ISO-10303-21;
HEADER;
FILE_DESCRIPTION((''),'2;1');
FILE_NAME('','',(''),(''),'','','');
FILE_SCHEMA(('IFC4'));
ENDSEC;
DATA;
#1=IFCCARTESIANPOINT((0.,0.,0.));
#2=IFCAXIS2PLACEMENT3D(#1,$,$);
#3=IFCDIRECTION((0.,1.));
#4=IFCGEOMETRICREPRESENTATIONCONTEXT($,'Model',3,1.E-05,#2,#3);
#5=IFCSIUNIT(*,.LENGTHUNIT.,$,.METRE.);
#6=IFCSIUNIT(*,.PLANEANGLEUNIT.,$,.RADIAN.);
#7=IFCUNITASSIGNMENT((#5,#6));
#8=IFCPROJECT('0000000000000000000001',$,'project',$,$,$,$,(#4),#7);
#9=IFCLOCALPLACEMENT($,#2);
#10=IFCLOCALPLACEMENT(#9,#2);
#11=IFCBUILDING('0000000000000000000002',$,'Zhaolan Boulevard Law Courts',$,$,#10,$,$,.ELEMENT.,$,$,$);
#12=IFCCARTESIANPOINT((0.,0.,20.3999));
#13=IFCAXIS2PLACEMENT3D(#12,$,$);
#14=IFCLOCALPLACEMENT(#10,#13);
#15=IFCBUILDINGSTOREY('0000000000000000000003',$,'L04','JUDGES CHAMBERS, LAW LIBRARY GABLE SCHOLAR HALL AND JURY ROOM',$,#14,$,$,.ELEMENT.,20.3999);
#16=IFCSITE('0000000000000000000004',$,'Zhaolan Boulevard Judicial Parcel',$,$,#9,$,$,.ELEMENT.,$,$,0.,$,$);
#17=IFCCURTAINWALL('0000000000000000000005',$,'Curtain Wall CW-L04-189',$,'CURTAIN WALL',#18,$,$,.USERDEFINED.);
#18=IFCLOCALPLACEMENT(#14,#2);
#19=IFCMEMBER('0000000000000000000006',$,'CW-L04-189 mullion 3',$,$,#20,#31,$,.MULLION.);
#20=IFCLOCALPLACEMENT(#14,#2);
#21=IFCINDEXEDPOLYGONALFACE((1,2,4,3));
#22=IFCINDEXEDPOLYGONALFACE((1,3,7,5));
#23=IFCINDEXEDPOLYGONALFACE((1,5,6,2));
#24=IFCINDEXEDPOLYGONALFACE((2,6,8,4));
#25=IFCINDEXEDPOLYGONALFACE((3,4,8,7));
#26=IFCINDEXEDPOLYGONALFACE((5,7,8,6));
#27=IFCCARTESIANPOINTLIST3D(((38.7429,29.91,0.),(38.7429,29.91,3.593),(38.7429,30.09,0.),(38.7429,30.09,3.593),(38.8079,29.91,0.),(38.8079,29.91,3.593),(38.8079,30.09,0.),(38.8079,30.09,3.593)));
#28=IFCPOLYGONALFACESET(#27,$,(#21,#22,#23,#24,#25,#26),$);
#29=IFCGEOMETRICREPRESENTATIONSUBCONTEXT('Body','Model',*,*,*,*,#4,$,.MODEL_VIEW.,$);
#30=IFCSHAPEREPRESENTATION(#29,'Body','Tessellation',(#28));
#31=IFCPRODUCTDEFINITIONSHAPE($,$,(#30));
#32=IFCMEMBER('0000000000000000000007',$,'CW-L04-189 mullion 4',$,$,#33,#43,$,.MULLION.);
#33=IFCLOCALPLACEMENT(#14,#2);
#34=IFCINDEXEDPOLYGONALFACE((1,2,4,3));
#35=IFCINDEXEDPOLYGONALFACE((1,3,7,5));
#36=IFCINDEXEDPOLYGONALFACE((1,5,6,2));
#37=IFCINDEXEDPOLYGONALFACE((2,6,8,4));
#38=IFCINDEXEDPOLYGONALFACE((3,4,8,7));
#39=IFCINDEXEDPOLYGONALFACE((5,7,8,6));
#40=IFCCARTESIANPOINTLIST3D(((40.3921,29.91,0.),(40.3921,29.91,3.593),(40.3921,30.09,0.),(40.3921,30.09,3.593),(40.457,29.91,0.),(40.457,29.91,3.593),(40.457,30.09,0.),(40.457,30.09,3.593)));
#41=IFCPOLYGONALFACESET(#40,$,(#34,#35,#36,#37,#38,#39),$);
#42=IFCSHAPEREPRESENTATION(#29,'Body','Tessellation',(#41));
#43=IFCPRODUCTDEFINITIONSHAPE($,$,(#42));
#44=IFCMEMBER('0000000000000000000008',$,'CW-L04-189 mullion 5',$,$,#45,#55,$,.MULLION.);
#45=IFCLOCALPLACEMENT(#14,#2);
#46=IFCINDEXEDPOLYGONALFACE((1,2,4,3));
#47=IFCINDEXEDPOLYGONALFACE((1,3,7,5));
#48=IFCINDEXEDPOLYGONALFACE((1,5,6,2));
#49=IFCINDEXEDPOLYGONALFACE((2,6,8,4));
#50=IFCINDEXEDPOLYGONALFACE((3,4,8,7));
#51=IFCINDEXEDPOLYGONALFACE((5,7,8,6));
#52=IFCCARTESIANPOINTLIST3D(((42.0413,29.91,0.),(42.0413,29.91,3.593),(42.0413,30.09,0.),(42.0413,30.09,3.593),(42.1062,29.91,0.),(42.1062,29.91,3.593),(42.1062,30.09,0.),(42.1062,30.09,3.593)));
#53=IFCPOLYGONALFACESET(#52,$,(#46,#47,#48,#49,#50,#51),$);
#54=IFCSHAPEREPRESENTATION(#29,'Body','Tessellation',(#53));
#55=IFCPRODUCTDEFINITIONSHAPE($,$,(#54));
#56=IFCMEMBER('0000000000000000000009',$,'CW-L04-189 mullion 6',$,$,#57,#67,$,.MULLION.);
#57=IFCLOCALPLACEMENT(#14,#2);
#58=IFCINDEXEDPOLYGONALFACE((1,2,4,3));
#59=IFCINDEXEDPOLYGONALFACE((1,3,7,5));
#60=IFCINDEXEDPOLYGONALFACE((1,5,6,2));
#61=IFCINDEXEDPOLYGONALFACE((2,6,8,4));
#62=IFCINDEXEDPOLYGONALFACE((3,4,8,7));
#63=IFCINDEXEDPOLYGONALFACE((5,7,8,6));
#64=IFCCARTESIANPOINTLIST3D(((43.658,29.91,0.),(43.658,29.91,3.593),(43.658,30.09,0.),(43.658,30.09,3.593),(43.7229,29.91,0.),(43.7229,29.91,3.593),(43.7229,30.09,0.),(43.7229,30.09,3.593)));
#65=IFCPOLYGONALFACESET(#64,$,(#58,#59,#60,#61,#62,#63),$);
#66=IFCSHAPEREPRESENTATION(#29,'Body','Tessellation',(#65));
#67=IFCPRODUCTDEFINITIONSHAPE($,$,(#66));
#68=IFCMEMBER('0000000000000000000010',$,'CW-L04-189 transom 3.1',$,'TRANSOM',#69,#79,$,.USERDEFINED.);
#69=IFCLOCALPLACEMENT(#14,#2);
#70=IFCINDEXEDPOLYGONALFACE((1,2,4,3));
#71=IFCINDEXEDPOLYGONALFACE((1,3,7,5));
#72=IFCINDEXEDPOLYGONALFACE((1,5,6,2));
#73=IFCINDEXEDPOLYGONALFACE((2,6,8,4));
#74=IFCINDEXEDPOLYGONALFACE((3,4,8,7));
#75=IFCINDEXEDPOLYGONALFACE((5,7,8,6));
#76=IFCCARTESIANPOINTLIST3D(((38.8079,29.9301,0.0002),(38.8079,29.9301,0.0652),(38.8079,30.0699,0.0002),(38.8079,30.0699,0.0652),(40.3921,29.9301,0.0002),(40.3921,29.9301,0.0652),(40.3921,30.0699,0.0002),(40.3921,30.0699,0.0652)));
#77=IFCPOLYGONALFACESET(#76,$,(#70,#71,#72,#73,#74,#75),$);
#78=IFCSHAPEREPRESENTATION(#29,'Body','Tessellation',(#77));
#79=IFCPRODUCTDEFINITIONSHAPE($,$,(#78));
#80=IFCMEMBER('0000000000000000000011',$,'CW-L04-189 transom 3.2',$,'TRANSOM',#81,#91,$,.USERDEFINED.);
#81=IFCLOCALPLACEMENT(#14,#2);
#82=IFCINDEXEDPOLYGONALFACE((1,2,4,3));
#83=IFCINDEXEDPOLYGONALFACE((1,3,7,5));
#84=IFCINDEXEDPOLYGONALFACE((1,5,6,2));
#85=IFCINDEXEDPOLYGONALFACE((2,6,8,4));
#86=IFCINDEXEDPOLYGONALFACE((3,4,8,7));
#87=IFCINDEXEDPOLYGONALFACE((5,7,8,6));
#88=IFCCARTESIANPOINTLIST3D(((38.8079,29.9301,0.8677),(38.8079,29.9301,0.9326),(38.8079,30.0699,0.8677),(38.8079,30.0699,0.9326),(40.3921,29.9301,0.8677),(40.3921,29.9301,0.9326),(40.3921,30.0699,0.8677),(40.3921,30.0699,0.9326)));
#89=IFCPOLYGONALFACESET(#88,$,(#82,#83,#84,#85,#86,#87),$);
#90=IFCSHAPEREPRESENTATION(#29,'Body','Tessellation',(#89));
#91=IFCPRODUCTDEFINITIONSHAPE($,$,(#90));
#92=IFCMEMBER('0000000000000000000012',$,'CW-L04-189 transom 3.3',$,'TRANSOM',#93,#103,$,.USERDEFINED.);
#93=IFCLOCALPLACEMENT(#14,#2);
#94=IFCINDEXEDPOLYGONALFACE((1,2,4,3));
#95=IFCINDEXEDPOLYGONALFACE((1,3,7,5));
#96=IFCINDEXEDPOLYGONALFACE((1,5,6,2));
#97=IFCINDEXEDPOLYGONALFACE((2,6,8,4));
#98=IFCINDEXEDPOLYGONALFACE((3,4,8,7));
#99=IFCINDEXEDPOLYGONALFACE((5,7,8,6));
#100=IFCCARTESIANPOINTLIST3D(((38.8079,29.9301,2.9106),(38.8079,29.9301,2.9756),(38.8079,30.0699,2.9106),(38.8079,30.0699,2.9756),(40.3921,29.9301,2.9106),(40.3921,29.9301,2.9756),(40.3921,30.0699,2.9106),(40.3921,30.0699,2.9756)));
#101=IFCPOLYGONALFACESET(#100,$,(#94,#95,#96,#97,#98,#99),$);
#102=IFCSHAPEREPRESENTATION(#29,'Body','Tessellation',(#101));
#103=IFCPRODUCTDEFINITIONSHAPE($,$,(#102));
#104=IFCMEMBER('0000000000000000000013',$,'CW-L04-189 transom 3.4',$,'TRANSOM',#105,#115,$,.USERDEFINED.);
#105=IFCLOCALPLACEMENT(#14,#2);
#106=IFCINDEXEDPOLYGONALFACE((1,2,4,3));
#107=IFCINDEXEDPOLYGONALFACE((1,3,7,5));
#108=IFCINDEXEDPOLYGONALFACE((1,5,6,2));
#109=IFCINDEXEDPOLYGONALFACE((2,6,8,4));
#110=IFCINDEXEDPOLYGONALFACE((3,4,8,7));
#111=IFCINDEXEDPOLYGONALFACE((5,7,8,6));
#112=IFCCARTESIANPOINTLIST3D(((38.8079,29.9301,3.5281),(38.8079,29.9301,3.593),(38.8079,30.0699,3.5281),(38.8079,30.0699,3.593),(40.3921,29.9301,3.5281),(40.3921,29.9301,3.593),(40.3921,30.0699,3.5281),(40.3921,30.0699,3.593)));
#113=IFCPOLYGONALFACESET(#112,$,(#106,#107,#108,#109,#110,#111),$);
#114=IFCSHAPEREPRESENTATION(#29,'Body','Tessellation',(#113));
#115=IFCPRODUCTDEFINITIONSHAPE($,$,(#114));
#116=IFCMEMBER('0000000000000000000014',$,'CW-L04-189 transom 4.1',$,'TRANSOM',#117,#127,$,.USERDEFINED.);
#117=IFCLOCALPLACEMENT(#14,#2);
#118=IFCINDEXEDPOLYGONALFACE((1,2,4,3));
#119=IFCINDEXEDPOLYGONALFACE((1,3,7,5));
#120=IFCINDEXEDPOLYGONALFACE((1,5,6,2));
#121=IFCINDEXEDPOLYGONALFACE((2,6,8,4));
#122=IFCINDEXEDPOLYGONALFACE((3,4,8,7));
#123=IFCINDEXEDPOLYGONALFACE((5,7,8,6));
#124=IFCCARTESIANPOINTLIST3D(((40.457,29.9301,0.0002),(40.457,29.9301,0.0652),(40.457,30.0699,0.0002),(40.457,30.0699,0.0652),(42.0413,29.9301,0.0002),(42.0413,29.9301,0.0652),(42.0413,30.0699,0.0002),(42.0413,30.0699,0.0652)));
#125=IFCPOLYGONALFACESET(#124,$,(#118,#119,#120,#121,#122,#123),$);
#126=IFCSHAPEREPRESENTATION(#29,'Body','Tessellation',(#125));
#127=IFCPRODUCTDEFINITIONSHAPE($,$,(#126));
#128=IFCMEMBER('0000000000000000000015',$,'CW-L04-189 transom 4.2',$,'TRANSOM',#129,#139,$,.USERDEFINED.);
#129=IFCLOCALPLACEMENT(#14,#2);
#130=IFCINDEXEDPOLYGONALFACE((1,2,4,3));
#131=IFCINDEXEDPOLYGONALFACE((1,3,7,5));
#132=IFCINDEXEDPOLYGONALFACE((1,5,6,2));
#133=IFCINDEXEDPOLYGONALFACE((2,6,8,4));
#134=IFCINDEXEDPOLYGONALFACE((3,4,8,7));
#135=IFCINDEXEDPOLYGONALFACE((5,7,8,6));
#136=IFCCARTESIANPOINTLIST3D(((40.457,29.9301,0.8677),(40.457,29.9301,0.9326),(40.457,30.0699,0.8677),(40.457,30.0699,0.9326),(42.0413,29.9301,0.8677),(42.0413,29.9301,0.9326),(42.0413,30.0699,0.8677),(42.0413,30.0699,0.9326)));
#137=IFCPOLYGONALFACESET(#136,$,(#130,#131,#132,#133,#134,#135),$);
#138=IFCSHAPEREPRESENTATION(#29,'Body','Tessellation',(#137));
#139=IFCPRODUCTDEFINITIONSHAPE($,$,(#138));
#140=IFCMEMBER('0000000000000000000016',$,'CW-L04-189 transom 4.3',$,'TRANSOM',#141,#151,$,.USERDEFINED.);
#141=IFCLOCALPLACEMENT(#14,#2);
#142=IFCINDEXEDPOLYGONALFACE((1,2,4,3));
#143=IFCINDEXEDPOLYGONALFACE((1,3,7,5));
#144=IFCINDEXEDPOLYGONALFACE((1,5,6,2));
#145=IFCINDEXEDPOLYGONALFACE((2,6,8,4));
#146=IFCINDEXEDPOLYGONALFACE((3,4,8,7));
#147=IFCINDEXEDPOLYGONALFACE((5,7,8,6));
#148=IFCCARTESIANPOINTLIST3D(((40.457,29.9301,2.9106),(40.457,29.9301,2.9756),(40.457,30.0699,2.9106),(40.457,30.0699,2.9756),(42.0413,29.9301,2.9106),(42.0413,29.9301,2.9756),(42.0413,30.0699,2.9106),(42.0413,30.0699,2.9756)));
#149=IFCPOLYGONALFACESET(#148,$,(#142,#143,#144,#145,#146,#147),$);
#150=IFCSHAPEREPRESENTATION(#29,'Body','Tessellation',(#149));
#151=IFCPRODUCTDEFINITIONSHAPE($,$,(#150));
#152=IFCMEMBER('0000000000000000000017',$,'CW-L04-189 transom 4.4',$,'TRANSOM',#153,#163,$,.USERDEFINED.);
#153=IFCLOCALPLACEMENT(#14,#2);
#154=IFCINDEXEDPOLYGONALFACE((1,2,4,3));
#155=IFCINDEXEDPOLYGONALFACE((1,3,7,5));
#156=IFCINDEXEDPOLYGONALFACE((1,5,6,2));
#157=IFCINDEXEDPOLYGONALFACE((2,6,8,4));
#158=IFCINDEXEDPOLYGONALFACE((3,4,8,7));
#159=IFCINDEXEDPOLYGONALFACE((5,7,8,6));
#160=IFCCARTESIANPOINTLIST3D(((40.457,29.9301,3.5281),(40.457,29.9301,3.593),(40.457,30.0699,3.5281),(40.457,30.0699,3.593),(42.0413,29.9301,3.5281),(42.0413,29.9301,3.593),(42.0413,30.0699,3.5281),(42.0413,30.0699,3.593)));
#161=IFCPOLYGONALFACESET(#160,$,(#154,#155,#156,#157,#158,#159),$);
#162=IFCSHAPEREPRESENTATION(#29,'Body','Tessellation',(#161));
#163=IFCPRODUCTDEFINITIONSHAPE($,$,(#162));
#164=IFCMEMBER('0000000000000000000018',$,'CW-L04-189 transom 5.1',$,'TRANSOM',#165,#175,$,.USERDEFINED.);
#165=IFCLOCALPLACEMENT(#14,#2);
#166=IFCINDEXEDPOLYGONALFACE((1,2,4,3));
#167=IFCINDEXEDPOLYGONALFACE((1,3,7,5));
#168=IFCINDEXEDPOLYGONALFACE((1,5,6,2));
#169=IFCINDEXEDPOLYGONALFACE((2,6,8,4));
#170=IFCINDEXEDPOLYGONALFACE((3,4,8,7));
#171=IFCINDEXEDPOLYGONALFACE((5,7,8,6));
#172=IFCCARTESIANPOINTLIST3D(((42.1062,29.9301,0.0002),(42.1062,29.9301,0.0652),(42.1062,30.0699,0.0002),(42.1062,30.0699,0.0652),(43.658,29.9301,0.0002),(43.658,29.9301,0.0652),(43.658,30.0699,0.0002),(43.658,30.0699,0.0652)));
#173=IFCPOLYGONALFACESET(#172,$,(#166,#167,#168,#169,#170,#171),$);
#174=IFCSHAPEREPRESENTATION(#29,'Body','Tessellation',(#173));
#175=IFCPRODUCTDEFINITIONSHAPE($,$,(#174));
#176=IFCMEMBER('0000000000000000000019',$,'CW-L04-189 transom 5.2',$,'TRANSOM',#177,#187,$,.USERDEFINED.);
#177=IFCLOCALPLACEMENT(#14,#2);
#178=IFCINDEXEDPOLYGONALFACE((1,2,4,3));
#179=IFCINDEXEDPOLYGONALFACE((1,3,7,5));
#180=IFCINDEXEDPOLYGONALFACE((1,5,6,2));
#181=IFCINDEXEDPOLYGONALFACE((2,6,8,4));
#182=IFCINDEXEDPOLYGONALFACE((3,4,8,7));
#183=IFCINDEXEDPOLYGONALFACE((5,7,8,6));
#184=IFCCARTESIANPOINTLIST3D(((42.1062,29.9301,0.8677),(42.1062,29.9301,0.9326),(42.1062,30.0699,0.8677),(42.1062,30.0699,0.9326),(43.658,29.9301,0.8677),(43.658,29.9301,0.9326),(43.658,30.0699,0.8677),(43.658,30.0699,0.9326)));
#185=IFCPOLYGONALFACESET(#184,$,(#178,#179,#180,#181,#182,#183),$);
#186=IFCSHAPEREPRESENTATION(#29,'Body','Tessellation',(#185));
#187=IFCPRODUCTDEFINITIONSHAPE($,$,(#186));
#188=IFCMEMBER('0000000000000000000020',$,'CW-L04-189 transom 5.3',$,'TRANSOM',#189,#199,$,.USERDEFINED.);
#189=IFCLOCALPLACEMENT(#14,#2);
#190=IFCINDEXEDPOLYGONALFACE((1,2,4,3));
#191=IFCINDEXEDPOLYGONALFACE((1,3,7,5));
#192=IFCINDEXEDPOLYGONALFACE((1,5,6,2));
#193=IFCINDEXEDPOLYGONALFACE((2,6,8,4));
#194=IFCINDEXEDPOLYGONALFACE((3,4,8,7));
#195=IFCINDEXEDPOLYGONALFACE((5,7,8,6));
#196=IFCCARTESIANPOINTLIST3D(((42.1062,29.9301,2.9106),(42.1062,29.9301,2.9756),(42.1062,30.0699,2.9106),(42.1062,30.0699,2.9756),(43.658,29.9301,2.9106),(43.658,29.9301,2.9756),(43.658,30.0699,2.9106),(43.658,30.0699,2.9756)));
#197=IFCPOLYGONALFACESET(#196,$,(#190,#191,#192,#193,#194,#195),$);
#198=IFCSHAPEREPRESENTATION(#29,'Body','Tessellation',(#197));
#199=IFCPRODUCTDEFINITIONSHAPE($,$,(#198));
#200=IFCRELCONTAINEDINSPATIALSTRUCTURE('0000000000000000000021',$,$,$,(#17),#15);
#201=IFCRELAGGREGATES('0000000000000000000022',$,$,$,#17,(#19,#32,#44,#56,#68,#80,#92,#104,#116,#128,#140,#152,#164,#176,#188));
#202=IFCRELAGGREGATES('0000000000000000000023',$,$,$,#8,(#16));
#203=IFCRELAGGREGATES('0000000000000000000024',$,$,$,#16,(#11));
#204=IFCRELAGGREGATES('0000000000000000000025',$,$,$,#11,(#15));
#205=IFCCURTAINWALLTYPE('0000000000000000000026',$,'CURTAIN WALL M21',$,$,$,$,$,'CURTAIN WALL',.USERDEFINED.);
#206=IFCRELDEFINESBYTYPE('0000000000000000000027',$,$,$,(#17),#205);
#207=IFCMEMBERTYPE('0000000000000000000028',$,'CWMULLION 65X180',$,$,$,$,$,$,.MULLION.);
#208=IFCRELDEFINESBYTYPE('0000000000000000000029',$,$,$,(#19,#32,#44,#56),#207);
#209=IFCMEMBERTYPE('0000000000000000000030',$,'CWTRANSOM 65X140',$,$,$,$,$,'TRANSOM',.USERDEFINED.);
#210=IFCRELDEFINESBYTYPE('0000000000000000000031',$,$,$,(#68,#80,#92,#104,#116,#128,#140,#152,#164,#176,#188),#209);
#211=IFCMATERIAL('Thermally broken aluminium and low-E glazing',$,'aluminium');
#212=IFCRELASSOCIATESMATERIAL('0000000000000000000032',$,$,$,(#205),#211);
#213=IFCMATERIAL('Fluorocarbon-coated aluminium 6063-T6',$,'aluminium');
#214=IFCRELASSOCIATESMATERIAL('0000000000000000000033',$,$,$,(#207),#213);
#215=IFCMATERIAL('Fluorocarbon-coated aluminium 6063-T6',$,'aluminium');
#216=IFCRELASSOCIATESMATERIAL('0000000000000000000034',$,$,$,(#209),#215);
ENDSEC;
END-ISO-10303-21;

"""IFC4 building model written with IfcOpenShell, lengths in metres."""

from ifc_helpers import new_model, si_unit, direction, frame, origin, origin_2d, place, context, subcontext, project, spatial, rectangle, extrude, material, material_profile, profile_set, type_object, element, aggregate, save


model = new_model("IFC4")

# Units and contexts
model_context = context("Model", 3, precision=1e-05, world=origin(), true_north=direction((0.0, 1.0)))
body_context = subcontext(model_context, "Body", "Model", "MODEL_VIEW")
ifc_project = project(units=[si_unit("LENGTHUNIT", "METRE"), si_unit("PLANEANGLEUNIT", "RADIAN")], contexts=[model_context])

# Site, building, storey
site_placement = place(None, origin())
site = spatial("IfcSite", under=ifc_project, at=site_placement, Name="Zhaolan Boulevard Judicial Parcel", CompositionType="ELEMENT", RefElevation=0.0)
building_placement = place(site_placement, origin())
building = spatial("IfcBuilding", under=site, at=building_placement, Name="Zhaolan Boulevard Law Courts", CompositionType="ELEMENT")
storey_placement = place(building_placement, frame((0.0, 0.0, 20.3999)))
storey = spatial("IfcBuildingStorey", under=building, at=storey_placement, Name="L04", Description="JUDGES CHAMBERS, LAW LIBRARY GABLE SCHOLAR HALL AND JURY ROOM", CompositionType="ELEMENT", Elevation=20.3999)

# Curtain wall, members
ifc_material_1 = material(Name="Thermally broken aluminium and low-E glazing", Category="aluminium")
curtain_wall_type = type_object("IfcCurtainWallType", Name="CURTAIN WALL M21", ElementType="CURTAIN WALL", PredefinedType="USERDEFINED", material=ifc_material_1)
curtain_wall_placement = place(storey_placement, origin())
curtain_wall = element("IfcCurtainWall", 1, at=curtain_wall_placement, inside=storey, type_object=curtain_wall_type, Name="Curtain Wall CW-L04-189", ObjectType="CURTAIN WALL", PredefinedType="USERDEFINED")
ifc_material_2 = material(Name="Fluorocarbon-coated aluminium 6063-T6", Category="aluminium")
ifc_material_profile_1 = material_profile(ifc_material_2, rectangle(XDim=0.1799, YDim=0.0649, at=origin_2d()), Name="AL65x180")
ifc_profile_set_1 = profile_set([ifc_material_profile_1], Name="Fluorocarbon-coated aluminium 6063-T6")
member_type_1 = type_object("IfcMemberType", Name="CWMULLION 65X180", PredefinedType="MULLION", material=ifc_profile_set_1)
member_1_placement = place(storey_placement, frame((38.7754, 30.0, 0.0), z_axis=(0.0, 0.0, 1.0), x_axis=(0.0, 1.0, 0.0)))
member_1 = element("IfcMember", 2, at=member_1_placement, type_object=member_type_1, Name="CW-L04-189 mullion 3", PredefinedType="MULLION", context=body_context, shape_type="SweptSolid", body=[
    extrude(rectangle(XDim=0.1799, YDim=0.0649, at=origin_2d()), origin(), (0.0, 0.0, 1.0), 3.593),
])
member_2_placement = place(storey_placement, frame((40.4246, 30.0, 0.0), z_axis=(0.0, 0.0, 1.0), x_axis=(0.0, 1.0, 0.0)))
member_2 = element("IfcMember", 3, at=member_2_placement, type_object=member_type_1, Name="CW-L04-189 mullion 4", PredefinedType="MULLION", context=body_context, shape_type="SweptSolid", body=[
    extrude(rectangle(XDim=0.1799, YDim=0.0649, at=origin_2d()), origin(), (0.0, 0.0, 1.0), 3.593),
])
member_3_placement = place(storey_placement, frame((42.0737, 30.0, 0.0), z_axis=(0.0, 0.0, 1.0), x_axis=(0.0, 1.0, 0.0)))
member_3 = element("IfcMember", 4, at=member_3_placement, type_object=member_type_1, Name="CW-L04-189 mullion 5", PredefinedType="MULLION", context=body_context, shape_type="SweptSolid", body=[
    extrude(rectangle(XDim=0.1799, YDim=0.0649, at=origin_2d()), origin(), (0.0, 0.0, 1.0), 3.593),
])
member_4_placement = place(storey_placement, frame((43.6904, 30.0, 0.0), z_axis=(0.0, 0.0, 1.0), x_axis=(0.0, 1.0, 0.0)))
member_4 = element("IfcMember", 5, at=member_4_placement, type_object=member_type_1, Name="CW-L04-189 mullion 6", PredefinedType="MULLION", context=body_context, shape_type="SweptSolid", body=[
    extrude(rectangle(XDim=0.1799, YDim=0.0649, at=origin_2d()), origin(), (0.0, 0.0, 1.0), 3.593),
])
ifc_material_3 = material(Name="Fluorocarbon-coated aluminium 6063-T6", Category="aluminium")
ifc_material_profile_2 = material_profile(ifc_material_3, rectangle(XDim=0.1399, YDim=0.0649, at=origin_2d()), Name="AL65x140")
ifc_profile_set_2 = profile_set([ifc_material_profile_2], Name="Fluorocarbon-coated aluminium 6063-T6")
member_type_2 = type_object("IfcMemberType", Name="CWTRANSOM 65X140", ElementType="TRANSOM", PredefinedType="USERDEFINED", material=ifc_profile_set_2)
member_5_placement = place(storey_placement, frame((38.8079, 30.0, 0.0327), z_axis=(1.0, 0.0, 0.0), x_axis=(0.0, 1.0, 0.0)))
member_5 = element("IfcMember", 6, at=member_5_placement, type_object=member_type_2, Name="CW-L04-189 transom 3.1", ObjectType="TRANSOM", PredefinedType="USERDEFINED", context=body_context, shape_type="SweptSolid", body=[
    extrude(rectangle(XDim=0.1399, YDim=0.0649, at=origin_2d()), origin(), (0.0, 0.0, 1.0), 1.5842),
])
member_6_placement = place(storey_placement, frame((38.8079, 30.0, 0.9001), z_axis=(1.0, 0.0, 0.0), x_axis=(0.0, 1.0, 0.0)))
member_6 = element("IfcMember", 7, at=member_6_placement, type_object=member_type_2, Name="CW-L04-189 transom 3.2", ObjectType="TRANSOM", PredefinedType="USERDEFINED", context=body_context, shape_type="SweptSolid", body=[
    extrude(rectangle(XDim=0.1399, YDim=0.0649, at=origin_2d()), origin(), (0.0, 0.0, 1.0), 1.5842),
])
member_7_placement = place(storey_placement, frame((38.8079, 30.0, 2.9431), z_axis=(1.0, 0.0, 0.0), x_axis=(0.0, 1.0, 0.0)))
member_7 = element("IfcMember", 8, at=member_7_placement, type_object=member_type_2, Name="CW-L04-189 transom 3.3", ObjectType="TRANSOM", PredefinedType="USERDEFINED", context=body_context, shape_type="SweptSolid", body=[
    extrude(rectangle(XDim=0.1399, YDim=0.0649, at=origin_2d()), origin(), (0.0, 0.0, 1.0), 1.5842),
])
member_8_placement = place(storey_placement, frame((38.8079, 30.0, 3.5605), z_axis=(1.0, 0.0, 0.0), x_axis=(0.0, 1.0, 0.0)))
member_8 = element("IfcMember", 9, at=member_8_placement, type_object=member_type_2, Name="CW-L04-189 transom 3.4", ObjectType="TRANSOM", PredefinedType="USERDEFINED", context=body_context, shape_type="SweptSolid", body=[
    extrude(rectangle(XDim=0.1399, YDim=0.0649, at=origin_2d()), origin(), (0.0, 0.0, 1.0), 1.5842),
])
member_9_placement = place(storey_placement, frame((40.457, 30.0, 0.0327), z_axis=(1.0, 0.0, 0.0), x_axis=(0.0, 1.0, 0.0)))
member_9 = element("IfcMember", 10, at=member_9_placement, type_object=member_type_2, Name="CW-L04-189 transom 4.1", ObjectType="TRANSOM", PredefinedType="USERDEFINED", context=body_context, shape_type="SweptSolid", body=[
    extrude(rectangle(XDim=0.1399, YDim=0.0649, at=origin_2d()), origin(), (0.0, 0.0, 1.0), 1.5842),
])
member_10_placement = place(storey_placement, frame((40.457, 30.0, 0.9001), z_axis=(1.0, 0.0, 0.0), x_axis=(0.0, 1.0, 0.0)))
member_10 = element("IfcMember", 11, at=member_10_placement, type_object=member_type_2, Name="CW-L04-189 transom 4.2", ObjectType="TRANSOM", PredefinedType="USERDEFINED", context=body_context, shape_type="SweptSolid", body=[
    extrude(rectangle(XDim=0.1399, YDim=0.0649, at=origin_2d()), origin(), (0.0, 0.0, 1.0), 1.5842),
])
member_11_placement = place(storey_placement, frame((40.457, 30.0, 2.9431), z_axis=(1.0, 0.0, 0.0), x_axis=(0.0, 1.0, 0.0)))
member_11 = element("IfcMember", 12, at=member_11_placement, type_object=member_type_2, Name="CW-L04-189 transom 4.3", ObjectType="TRANSOM", PredefinedType="USERDEFINED", context=body_context, shape_type="SweptSolid", body=[
    extrude(rectangle(XDim=0.1399, YDim=0.0649, at=origin_2d()), origin(), (0.0, 0.0, 1.0), 1.5842),
])
member_12_placement = place(storey_placement, frame((40.457, 30.0, 3.5605), z_axis=(1.0, 0.0, 0.0), x_axis=(0.0, 1.0, 0.0)))
member_12 = element("IfcMember", 13, at=member_12_placement, type_object=member_type_2, Name="CW-L04-189 transom 4.4", ObjectType="TRANSOM", PredefinedType="USERDEFINED", context=body_context, shape_type="SweptSolid", body=[
    extrude(rectangle(XDim=0.1399, YDim=0.0649, at=origin_2d()), origin(), (0.0, 0.0, 1.0), 1.5842),
])
member_13_placement = place(storey_placement, frame((42.1062, 30.0, 0.0327), z_axis=(1.0, 0.0, 0.0), x_axis=(0.0, 1.0, 0.0)))
member_13 = element("IfcMember", 14, at=member_13_placement, type_object=member_type_2, Name="CW-L04-189 transom 5.1", ObjectType="TRANSOM", PredefinedType="USERDEFINED", context=body_context, shape_type="SweptSolid", body=[
    extrude(rectangle(XDim=0.1399, YDim=0.0649, at=origin_2d()), origin(), (0.0, 0.0, 1.0), 1.5518),
])
member_14_placement = place(storey_placement, frame((42.1062, 30.0, 0.9001), z_axis=(1.0, 0.0, 0.0), x_axis=(0.0, 1.0, 0.0)))
member_14 = element("IfcMember", 15, at=member_14_placement, type_object=member_type_2, Name="CW-L04-189 transom 5.2", ObjectType="TRANSOM", PredefinedType="USERDEFINED", context=body_context, shape_type="SweptSolid", body=[
    extrude(rectangle(XDim=0.1399, YDim=0.0649, at=origin_2d()), origin(), (0.0, 0.0, 1.0), 1.5518),
])
member_15_placement = place(storey_placement, frame((42.1062, 30.0, 2.9431), z_axis=(1.0, 0.0, 0.0), x_axis=(0.0, 1.0, 0.0)))
member_15 = element("IfcMember", 16, at=member_15_placement, type_object=member_type_2, Name="CW-L04-189 transom 5.3", ObjectType="TRANSOM", PredefinedType="USERDEFINED", context=body_context, shape_type="SweptSolid", body=[
    extrude(rectangle(XDim=0.1399, YDim=0.0649, at=origin_2d()), origin(), (0.0, 0.0, 1.0), 1.5518),
])

aggregate(curtain_wall, [member_1, member_2, member_3, member_4, member_5, member_6, member_7, member_8, member_9, member_10, member_11, member_12, member_13, member_14, member_15])

save(model, "model.ifc")
